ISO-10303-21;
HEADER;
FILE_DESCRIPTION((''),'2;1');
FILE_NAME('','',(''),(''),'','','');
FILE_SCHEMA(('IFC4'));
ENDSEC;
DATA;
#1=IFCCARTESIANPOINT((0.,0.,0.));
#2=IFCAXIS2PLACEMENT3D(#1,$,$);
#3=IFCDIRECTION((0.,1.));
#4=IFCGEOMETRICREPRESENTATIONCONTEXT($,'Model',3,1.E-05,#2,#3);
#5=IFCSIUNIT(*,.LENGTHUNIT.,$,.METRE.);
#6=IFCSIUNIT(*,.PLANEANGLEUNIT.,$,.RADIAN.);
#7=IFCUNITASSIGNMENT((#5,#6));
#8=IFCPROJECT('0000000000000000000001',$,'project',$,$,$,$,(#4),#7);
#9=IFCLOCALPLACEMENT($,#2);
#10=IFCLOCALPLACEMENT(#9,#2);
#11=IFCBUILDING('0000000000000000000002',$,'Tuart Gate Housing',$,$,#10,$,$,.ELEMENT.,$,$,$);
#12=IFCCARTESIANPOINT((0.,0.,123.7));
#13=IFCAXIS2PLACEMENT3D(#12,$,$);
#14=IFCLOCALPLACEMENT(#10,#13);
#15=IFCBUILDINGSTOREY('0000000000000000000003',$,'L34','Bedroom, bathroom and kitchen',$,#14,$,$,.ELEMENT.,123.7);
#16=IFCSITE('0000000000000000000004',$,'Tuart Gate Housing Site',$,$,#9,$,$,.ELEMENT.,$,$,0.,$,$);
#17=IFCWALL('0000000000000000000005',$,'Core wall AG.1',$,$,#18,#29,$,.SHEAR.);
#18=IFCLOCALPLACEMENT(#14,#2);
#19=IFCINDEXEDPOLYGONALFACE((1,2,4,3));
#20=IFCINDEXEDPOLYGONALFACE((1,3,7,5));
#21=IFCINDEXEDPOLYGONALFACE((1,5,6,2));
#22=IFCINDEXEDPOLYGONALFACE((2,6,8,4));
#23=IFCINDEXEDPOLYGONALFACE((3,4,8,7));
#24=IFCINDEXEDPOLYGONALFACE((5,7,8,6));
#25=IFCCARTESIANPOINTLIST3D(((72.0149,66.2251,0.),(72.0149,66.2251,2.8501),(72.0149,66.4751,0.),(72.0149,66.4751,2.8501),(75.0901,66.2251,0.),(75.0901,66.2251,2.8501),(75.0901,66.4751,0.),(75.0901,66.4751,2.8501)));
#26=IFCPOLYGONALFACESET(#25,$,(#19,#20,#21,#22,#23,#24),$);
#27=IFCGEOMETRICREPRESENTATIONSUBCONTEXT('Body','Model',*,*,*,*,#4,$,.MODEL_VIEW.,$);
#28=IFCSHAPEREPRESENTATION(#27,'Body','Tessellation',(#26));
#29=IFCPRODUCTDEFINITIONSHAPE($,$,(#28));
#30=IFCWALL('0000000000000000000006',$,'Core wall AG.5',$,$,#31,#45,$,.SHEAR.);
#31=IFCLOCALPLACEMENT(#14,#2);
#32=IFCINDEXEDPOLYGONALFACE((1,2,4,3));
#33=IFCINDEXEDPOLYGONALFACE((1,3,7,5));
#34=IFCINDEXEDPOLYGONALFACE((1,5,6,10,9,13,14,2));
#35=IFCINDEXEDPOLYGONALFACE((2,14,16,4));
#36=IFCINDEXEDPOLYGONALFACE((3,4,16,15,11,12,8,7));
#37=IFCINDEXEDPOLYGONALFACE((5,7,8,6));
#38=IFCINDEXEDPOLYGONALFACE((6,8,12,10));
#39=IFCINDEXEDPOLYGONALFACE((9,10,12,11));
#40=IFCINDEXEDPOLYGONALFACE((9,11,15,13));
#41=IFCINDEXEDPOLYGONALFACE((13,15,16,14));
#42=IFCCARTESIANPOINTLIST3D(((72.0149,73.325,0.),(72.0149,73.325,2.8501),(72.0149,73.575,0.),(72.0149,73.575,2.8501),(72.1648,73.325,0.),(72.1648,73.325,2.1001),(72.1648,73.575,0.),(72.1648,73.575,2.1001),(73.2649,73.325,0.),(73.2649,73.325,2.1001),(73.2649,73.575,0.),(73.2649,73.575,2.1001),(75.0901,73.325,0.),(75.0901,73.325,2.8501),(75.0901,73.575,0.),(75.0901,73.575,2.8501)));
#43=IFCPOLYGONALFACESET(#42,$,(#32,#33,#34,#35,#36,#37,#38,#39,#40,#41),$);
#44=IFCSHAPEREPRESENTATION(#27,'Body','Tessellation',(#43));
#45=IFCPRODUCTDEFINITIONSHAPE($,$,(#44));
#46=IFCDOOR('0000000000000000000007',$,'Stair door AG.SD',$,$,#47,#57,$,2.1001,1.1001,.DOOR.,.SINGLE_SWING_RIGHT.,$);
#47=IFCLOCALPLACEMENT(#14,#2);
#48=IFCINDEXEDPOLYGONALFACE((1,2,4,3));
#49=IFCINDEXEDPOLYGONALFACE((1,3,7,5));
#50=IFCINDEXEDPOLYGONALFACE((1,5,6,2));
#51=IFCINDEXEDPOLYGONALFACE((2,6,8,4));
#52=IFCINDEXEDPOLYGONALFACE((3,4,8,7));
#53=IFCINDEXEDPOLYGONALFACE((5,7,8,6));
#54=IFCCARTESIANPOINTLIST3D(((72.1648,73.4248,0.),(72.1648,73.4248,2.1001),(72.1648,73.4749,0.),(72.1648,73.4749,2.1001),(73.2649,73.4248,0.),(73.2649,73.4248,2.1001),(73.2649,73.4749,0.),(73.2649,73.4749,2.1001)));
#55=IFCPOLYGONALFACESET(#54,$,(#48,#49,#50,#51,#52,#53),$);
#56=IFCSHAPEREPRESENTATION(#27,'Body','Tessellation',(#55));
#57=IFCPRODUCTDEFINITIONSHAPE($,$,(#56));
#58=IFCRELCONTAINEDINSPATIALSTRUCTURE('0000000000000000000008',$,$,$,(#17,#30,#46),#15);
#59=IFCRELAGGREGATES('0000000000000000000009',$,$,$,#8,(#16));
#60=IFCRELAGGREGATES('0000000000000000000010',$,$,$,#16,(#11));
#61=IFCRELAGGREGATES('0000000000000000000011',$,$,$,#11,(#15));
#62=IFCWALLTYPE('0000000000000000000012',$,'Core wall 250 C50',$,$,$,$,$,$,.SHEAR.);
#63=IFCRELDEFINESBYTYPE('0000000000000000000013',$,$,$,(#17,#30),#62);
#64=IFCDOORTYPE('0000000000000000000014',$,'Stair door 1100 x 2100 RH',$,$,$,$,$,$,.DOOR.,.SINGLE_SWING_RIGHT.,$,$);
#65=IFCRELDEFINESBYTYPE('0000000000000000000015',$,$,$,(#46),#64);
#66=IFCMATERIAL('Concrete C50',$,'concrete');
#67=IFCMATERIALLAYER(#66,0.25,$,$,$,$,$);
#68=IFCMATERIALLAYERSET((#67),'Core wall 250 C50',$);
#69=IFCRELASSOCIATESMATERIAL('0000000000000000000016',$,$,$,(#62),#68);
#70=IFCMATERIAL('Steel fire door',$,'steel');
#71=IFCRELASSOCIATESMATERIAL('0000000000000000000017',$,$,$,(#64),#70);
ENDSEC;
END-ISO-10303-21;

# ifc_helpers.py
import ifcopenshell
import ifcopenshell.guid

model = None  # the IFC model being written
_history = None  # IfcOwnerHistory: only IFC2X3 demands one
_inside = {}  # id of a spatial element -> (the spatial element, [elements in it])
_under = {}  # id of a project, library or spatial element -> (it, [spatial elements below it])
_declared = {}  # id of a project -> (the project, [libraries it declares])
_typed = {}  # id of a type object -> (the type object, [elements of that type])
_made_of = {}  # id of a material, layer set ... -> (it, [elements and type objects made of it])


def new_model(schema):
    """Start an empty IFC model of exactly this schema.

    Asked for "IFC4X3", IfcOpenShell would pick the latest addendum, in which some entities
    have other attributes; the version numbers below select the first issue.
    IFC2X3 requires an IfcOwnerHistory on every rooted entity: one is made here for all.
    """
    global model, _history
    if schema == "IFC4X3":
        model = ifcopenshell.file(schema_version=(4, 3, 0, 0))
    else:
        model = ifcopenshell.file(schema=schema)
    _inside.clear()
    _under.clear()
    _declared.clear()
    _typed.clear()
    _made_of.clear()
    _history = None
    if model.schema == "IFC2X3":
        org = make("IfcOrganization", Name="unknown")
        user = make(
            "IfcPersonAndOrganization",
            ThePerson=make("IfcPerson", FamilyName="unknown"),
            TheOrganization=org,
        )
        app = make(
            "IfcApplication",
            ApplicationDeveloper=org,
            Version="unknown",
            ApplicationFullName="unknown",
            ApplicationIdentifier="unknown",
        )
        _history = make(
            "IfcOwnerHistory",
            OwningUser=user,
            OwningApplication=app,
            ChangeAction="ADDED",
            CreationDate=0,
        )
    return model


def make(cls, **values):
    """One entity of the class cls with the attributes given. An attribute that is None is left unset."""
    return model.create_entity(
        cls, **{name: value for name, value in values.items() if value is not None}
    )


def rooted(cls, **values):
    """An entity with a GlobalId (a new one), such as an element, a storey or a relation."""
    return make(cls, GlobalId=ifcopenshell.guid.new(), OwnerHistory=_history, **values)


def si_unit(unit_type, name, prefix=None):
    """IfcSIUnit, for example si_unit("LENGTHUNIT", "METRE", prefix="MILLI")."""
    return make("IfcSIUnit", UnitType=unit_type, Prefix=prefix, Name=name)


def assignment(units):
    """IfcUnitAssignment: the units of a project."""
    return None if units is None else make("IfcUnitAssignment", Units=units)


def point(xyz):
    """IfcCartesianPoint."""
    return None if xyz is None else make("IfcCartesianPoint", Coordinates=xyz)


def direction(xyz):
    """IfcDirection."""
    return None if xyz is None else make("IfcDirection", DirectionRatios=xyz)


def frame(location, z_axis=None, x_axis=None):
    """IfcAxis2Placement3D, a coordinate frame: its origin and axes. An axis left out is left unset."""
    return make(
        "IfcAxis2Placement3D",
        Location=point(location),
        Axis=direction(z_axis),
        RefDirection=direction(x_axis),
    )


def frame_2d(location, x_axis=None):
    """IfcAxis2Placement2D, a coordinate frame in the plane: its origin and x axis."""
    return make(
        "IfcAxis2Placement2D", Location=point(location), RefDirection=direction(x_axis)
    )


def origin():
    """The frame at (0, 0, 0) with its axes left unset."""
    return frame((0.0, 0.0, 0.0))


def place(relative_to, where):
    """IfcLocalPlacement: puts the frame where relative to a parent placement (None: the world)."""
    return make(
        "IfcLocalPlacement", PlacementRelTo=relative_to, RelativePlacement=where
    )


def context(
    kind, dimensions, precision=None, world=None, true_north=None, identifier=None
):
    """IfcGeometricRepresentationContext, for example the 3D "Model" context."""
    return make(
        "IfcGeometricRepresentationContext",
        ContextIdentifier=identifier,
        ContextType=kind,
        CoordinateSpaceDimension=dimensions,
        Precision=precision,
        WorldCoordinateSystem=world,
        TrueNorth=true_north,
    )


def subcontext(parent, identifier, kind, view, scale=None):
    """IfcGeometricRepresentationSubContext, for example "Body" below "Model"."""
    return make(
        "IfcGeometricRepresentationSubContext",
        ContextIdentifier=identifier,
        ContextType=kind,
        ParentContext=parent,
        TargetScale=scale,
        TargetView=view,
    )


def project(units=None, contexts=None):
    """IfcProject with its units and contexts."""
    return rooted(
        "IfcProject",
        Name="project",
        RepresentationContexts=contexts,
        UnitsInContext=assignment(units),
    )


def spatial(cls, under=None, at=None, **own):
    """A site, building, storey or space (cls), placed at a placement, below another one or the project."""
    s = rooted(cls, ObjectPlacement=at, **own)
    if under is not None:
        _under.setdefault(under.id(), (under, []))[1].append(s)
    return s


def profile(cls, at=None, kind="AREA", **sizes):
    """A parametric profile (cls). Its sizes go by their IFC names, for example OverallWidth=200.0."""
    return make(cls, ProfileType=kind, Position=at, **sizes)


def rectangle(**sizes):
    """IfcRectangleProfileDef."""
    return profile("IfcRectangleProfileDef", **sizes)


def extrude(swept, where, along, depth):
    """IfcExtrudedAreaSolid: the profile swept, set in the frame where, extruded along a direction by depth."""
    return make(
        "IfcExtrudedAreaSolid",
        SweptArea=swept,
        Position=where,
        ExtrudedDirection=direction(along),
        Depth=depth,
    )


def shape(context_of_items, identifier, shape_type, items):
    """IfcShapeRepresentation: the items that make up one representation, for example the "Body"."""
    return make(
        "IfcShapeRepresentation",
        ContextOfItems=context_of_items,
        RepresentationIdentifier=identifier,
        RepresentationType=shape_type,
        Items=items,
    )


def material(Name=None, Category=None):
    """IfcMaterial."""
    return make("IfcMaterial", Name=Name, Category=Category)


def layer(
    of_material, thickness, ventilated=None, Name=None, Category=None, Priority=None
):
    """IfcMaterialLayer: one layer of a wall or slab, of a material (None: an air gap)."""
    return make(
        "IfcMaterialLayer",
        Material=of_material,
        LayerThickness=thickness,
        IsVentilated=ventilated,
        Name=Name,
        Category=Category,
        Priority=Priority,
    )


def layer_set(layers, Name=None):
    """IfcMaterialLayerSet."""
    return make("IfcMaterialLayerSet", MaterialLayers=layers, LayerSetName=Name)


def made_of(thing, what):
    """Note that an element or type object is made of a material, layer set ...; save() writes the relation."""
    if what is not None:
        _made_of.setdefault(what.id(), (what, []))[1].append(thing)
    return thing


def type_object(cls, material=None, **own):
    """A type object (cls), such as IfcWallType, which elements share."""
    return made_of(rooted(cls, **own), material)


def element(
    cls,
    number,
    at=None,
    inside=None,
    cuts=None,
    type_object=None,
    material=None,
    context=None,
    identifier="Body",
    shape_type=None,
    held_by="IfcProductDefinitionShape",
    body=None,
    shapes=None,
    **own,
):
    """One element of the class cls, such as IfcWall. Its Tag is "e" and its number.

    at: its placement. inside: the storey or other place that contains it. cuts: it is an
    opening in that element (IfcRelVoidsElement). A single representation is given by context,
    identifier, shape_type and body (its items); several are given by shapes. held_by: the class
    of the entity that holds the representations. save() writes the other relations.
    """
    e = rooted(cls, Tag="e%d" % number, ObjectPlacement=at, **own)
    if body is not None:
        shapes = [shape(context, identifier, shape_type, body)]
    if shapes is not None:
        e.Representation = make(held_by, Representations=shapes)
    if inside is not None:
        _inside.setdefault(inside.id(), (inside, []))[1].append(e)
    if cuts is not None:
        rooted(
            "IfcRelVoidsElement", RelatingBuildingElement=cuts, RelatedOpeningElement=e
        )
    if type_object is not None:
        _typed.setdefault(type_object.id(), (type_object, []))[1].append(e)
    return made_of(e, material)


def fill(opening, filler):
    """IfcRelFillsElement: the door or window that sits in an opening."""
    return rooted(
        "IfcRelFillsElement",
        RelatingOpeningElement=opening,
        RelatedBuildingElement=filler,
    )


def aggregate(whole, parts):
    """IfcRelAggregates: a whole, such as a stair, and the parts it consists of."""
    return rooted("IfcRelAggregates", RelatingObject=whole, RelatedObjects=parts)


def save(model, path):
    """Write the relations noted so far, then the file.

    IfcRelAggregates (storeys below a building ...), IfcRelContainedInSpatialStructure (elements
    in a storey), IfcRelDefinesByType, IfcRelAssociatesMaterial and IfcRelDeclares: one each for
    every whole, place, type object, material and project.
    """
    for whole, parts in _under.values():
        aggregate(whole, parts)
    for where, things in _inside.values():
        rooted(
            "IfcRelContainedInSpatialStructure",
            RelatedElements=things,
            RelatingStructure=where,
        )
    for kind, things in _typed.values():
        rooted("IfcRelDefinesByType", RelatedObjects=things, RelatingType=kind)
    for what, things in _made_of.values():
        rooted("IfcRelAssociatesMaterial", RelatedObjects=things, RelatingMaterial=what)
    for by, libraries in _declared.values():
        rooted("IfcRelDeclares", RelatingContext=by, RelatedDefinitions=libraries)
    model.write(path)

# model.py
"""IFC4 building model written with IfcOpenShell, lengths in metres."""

from ifc_helpers import new_model, si_unit, direction, frame, frame_2d, origin, place, context, subcontext, project, spatial, rectangle, extrude, material, layer, layer_set, type_object, element, fill, save


model = new_model("IFC4")

# Units and contexts
model_context = context("Model", 3, precision=1e-05, world=origin(), true_north=direction((0.0, 1.0)))
body_context = subcontext(model_context, "Body", "Model", "MODEL_VIEW")
ifc_project = project(units=[si_unit("LENGTHUNIT", "METRE"), si_unit("PLANEANGLEUNIT", "RADIAN")], contexts=[model_context])

# Site, building, storey
site_placement = place(None, origin())
site = spatial("IfcSite", under=ifc_project, at=site_placement, Name="Tuart Gate Housing Site", CompositionType="ELEMENT", RefElevation=0.0)
building_placement = place(site_placement, origin())
building = spatial("IfcBuilding", under=site, at=building_placement, Name="Tuart Gate Housing", CompositionType="ELEMENT")
storey_placement = place(building_placement, frame((0.0, 0.0, 123.7)))
storey = spatial("IfcBuildingStorey", under=building, at=storey_placement, Name="L34", Description="Bedroom, bathroom and kitchen", CompositionType="ELEMENT", Elevation=123.7)

# Wall
ifc_material_1 = material(Name="Concrete C50", Category="concrete")
ifc_layer = layer(ifc_material_1, 0.25)
ifc_layer_set = layer_set([ifc_layer], Name="Core wall 250 C50")
wall_type = type_object("IfcWallType", Name="Core wall 250 C50", PredefinedType="SHEAR", material=ifc_layer_set)
wall_1_placement = place(storey_placement, frame((72.0149, 66.3501, 0.0), z_axis=(0.0, 0.0, 1.0), x_axis=(1.0, 0.0, 0.0)))
element("IfcWall", 1, at=wall_1_placement, inside=storey, type_object=wall_type, Name="Core wall AG.1", PredefinedType="SHEAR", context=body_context, shape_type="SweptSolid", body=[
    extrude(rectangle(XDim=3.0752, YDim=0.25, at=frame_2d((1.5376, 0.0))), origin(), (0.0, 0.0, 1.0), 2.8501),
])

# Wall, opening, door
wall_2_placement = place(storey_placement, frame((72.0149, 73.45, 0.0), z_axis=(0.0, 0.0, 1.0), x_axis=(1.0, 0.0, 0.0)))
wall_2 = element("IfcWall", 2, at=wall_2_placement, inside=storey, type_object=wall_type, Name="Core wall AG.5", PredefinedType="SHEAR", context=body_context, shape_type="SweptSolid", body=[
    extrude(rectangle(XDim=3.0752, YDim=0.25, at=frame_2d((1.5376, 0.0))), origin(), (0.0, 0.0, 1.0), 2.8501),
])
opening_placement = place(wall_2_placement, frame((0.1499, 0.0, 0.0)))
opening = element("IfcOpeningElement", 3, at=opening_placement, cuts=wall_2, PredefinedType="OPENING", context=body_context, shape_type="SweptSolid", body=[
    extrude(rectangle(XDim=1.1001, YDim=2.1001, at=frame_2d((0.55, 1.05))), frame((0.0, 0.135, 0.0), z_axis=(0.0, -1.0, 0.0), x_axis=(1.0, 0.0, 0.0)), (0.0, 0.0, 1.0), 0.27),
])
ifc_material_2 = material(Name="Steel fire door", Category="steel")
door_type = type_object("IfcDoorType", Name="Stair door 1100 x 2100 RH", OperationType="SINGLE_SWING_RIGHT", PredefinedType="DOOR", material=ifc_material_2)
door_placement = place(opening_placement, frame((1.1001, 0.0, 0.0), z_axis=(0.0, 0.0, 1.0), x_axis=(-1.0, 0.0, 0.0)))
door = element("IfcDoor", 4, at=door_placement, inside=storey, type_object=door_type, Name="Stair door AG.SD", OperationType="SINGLE_SWING_RIGHT", OverallHeight=2.1001, OverallWidth=1.1001, PredefinedType="DOOR", context=body_context, shape_type="SweptSolid", body=[
    extrude(rectangle(XDim=1.1001, YDim=2.1001, at=frame_2d((0.55, 1.05))), frame((0.0, 0.0251, 0.0), z_axis=(0.0, -1.0, 0.0), x_axis=(1.0, 0.0, 0.0)), (0.0, 0.0, 1.0), 0.05),
])
fill(opening, door)

save(model, "model.ifc")
